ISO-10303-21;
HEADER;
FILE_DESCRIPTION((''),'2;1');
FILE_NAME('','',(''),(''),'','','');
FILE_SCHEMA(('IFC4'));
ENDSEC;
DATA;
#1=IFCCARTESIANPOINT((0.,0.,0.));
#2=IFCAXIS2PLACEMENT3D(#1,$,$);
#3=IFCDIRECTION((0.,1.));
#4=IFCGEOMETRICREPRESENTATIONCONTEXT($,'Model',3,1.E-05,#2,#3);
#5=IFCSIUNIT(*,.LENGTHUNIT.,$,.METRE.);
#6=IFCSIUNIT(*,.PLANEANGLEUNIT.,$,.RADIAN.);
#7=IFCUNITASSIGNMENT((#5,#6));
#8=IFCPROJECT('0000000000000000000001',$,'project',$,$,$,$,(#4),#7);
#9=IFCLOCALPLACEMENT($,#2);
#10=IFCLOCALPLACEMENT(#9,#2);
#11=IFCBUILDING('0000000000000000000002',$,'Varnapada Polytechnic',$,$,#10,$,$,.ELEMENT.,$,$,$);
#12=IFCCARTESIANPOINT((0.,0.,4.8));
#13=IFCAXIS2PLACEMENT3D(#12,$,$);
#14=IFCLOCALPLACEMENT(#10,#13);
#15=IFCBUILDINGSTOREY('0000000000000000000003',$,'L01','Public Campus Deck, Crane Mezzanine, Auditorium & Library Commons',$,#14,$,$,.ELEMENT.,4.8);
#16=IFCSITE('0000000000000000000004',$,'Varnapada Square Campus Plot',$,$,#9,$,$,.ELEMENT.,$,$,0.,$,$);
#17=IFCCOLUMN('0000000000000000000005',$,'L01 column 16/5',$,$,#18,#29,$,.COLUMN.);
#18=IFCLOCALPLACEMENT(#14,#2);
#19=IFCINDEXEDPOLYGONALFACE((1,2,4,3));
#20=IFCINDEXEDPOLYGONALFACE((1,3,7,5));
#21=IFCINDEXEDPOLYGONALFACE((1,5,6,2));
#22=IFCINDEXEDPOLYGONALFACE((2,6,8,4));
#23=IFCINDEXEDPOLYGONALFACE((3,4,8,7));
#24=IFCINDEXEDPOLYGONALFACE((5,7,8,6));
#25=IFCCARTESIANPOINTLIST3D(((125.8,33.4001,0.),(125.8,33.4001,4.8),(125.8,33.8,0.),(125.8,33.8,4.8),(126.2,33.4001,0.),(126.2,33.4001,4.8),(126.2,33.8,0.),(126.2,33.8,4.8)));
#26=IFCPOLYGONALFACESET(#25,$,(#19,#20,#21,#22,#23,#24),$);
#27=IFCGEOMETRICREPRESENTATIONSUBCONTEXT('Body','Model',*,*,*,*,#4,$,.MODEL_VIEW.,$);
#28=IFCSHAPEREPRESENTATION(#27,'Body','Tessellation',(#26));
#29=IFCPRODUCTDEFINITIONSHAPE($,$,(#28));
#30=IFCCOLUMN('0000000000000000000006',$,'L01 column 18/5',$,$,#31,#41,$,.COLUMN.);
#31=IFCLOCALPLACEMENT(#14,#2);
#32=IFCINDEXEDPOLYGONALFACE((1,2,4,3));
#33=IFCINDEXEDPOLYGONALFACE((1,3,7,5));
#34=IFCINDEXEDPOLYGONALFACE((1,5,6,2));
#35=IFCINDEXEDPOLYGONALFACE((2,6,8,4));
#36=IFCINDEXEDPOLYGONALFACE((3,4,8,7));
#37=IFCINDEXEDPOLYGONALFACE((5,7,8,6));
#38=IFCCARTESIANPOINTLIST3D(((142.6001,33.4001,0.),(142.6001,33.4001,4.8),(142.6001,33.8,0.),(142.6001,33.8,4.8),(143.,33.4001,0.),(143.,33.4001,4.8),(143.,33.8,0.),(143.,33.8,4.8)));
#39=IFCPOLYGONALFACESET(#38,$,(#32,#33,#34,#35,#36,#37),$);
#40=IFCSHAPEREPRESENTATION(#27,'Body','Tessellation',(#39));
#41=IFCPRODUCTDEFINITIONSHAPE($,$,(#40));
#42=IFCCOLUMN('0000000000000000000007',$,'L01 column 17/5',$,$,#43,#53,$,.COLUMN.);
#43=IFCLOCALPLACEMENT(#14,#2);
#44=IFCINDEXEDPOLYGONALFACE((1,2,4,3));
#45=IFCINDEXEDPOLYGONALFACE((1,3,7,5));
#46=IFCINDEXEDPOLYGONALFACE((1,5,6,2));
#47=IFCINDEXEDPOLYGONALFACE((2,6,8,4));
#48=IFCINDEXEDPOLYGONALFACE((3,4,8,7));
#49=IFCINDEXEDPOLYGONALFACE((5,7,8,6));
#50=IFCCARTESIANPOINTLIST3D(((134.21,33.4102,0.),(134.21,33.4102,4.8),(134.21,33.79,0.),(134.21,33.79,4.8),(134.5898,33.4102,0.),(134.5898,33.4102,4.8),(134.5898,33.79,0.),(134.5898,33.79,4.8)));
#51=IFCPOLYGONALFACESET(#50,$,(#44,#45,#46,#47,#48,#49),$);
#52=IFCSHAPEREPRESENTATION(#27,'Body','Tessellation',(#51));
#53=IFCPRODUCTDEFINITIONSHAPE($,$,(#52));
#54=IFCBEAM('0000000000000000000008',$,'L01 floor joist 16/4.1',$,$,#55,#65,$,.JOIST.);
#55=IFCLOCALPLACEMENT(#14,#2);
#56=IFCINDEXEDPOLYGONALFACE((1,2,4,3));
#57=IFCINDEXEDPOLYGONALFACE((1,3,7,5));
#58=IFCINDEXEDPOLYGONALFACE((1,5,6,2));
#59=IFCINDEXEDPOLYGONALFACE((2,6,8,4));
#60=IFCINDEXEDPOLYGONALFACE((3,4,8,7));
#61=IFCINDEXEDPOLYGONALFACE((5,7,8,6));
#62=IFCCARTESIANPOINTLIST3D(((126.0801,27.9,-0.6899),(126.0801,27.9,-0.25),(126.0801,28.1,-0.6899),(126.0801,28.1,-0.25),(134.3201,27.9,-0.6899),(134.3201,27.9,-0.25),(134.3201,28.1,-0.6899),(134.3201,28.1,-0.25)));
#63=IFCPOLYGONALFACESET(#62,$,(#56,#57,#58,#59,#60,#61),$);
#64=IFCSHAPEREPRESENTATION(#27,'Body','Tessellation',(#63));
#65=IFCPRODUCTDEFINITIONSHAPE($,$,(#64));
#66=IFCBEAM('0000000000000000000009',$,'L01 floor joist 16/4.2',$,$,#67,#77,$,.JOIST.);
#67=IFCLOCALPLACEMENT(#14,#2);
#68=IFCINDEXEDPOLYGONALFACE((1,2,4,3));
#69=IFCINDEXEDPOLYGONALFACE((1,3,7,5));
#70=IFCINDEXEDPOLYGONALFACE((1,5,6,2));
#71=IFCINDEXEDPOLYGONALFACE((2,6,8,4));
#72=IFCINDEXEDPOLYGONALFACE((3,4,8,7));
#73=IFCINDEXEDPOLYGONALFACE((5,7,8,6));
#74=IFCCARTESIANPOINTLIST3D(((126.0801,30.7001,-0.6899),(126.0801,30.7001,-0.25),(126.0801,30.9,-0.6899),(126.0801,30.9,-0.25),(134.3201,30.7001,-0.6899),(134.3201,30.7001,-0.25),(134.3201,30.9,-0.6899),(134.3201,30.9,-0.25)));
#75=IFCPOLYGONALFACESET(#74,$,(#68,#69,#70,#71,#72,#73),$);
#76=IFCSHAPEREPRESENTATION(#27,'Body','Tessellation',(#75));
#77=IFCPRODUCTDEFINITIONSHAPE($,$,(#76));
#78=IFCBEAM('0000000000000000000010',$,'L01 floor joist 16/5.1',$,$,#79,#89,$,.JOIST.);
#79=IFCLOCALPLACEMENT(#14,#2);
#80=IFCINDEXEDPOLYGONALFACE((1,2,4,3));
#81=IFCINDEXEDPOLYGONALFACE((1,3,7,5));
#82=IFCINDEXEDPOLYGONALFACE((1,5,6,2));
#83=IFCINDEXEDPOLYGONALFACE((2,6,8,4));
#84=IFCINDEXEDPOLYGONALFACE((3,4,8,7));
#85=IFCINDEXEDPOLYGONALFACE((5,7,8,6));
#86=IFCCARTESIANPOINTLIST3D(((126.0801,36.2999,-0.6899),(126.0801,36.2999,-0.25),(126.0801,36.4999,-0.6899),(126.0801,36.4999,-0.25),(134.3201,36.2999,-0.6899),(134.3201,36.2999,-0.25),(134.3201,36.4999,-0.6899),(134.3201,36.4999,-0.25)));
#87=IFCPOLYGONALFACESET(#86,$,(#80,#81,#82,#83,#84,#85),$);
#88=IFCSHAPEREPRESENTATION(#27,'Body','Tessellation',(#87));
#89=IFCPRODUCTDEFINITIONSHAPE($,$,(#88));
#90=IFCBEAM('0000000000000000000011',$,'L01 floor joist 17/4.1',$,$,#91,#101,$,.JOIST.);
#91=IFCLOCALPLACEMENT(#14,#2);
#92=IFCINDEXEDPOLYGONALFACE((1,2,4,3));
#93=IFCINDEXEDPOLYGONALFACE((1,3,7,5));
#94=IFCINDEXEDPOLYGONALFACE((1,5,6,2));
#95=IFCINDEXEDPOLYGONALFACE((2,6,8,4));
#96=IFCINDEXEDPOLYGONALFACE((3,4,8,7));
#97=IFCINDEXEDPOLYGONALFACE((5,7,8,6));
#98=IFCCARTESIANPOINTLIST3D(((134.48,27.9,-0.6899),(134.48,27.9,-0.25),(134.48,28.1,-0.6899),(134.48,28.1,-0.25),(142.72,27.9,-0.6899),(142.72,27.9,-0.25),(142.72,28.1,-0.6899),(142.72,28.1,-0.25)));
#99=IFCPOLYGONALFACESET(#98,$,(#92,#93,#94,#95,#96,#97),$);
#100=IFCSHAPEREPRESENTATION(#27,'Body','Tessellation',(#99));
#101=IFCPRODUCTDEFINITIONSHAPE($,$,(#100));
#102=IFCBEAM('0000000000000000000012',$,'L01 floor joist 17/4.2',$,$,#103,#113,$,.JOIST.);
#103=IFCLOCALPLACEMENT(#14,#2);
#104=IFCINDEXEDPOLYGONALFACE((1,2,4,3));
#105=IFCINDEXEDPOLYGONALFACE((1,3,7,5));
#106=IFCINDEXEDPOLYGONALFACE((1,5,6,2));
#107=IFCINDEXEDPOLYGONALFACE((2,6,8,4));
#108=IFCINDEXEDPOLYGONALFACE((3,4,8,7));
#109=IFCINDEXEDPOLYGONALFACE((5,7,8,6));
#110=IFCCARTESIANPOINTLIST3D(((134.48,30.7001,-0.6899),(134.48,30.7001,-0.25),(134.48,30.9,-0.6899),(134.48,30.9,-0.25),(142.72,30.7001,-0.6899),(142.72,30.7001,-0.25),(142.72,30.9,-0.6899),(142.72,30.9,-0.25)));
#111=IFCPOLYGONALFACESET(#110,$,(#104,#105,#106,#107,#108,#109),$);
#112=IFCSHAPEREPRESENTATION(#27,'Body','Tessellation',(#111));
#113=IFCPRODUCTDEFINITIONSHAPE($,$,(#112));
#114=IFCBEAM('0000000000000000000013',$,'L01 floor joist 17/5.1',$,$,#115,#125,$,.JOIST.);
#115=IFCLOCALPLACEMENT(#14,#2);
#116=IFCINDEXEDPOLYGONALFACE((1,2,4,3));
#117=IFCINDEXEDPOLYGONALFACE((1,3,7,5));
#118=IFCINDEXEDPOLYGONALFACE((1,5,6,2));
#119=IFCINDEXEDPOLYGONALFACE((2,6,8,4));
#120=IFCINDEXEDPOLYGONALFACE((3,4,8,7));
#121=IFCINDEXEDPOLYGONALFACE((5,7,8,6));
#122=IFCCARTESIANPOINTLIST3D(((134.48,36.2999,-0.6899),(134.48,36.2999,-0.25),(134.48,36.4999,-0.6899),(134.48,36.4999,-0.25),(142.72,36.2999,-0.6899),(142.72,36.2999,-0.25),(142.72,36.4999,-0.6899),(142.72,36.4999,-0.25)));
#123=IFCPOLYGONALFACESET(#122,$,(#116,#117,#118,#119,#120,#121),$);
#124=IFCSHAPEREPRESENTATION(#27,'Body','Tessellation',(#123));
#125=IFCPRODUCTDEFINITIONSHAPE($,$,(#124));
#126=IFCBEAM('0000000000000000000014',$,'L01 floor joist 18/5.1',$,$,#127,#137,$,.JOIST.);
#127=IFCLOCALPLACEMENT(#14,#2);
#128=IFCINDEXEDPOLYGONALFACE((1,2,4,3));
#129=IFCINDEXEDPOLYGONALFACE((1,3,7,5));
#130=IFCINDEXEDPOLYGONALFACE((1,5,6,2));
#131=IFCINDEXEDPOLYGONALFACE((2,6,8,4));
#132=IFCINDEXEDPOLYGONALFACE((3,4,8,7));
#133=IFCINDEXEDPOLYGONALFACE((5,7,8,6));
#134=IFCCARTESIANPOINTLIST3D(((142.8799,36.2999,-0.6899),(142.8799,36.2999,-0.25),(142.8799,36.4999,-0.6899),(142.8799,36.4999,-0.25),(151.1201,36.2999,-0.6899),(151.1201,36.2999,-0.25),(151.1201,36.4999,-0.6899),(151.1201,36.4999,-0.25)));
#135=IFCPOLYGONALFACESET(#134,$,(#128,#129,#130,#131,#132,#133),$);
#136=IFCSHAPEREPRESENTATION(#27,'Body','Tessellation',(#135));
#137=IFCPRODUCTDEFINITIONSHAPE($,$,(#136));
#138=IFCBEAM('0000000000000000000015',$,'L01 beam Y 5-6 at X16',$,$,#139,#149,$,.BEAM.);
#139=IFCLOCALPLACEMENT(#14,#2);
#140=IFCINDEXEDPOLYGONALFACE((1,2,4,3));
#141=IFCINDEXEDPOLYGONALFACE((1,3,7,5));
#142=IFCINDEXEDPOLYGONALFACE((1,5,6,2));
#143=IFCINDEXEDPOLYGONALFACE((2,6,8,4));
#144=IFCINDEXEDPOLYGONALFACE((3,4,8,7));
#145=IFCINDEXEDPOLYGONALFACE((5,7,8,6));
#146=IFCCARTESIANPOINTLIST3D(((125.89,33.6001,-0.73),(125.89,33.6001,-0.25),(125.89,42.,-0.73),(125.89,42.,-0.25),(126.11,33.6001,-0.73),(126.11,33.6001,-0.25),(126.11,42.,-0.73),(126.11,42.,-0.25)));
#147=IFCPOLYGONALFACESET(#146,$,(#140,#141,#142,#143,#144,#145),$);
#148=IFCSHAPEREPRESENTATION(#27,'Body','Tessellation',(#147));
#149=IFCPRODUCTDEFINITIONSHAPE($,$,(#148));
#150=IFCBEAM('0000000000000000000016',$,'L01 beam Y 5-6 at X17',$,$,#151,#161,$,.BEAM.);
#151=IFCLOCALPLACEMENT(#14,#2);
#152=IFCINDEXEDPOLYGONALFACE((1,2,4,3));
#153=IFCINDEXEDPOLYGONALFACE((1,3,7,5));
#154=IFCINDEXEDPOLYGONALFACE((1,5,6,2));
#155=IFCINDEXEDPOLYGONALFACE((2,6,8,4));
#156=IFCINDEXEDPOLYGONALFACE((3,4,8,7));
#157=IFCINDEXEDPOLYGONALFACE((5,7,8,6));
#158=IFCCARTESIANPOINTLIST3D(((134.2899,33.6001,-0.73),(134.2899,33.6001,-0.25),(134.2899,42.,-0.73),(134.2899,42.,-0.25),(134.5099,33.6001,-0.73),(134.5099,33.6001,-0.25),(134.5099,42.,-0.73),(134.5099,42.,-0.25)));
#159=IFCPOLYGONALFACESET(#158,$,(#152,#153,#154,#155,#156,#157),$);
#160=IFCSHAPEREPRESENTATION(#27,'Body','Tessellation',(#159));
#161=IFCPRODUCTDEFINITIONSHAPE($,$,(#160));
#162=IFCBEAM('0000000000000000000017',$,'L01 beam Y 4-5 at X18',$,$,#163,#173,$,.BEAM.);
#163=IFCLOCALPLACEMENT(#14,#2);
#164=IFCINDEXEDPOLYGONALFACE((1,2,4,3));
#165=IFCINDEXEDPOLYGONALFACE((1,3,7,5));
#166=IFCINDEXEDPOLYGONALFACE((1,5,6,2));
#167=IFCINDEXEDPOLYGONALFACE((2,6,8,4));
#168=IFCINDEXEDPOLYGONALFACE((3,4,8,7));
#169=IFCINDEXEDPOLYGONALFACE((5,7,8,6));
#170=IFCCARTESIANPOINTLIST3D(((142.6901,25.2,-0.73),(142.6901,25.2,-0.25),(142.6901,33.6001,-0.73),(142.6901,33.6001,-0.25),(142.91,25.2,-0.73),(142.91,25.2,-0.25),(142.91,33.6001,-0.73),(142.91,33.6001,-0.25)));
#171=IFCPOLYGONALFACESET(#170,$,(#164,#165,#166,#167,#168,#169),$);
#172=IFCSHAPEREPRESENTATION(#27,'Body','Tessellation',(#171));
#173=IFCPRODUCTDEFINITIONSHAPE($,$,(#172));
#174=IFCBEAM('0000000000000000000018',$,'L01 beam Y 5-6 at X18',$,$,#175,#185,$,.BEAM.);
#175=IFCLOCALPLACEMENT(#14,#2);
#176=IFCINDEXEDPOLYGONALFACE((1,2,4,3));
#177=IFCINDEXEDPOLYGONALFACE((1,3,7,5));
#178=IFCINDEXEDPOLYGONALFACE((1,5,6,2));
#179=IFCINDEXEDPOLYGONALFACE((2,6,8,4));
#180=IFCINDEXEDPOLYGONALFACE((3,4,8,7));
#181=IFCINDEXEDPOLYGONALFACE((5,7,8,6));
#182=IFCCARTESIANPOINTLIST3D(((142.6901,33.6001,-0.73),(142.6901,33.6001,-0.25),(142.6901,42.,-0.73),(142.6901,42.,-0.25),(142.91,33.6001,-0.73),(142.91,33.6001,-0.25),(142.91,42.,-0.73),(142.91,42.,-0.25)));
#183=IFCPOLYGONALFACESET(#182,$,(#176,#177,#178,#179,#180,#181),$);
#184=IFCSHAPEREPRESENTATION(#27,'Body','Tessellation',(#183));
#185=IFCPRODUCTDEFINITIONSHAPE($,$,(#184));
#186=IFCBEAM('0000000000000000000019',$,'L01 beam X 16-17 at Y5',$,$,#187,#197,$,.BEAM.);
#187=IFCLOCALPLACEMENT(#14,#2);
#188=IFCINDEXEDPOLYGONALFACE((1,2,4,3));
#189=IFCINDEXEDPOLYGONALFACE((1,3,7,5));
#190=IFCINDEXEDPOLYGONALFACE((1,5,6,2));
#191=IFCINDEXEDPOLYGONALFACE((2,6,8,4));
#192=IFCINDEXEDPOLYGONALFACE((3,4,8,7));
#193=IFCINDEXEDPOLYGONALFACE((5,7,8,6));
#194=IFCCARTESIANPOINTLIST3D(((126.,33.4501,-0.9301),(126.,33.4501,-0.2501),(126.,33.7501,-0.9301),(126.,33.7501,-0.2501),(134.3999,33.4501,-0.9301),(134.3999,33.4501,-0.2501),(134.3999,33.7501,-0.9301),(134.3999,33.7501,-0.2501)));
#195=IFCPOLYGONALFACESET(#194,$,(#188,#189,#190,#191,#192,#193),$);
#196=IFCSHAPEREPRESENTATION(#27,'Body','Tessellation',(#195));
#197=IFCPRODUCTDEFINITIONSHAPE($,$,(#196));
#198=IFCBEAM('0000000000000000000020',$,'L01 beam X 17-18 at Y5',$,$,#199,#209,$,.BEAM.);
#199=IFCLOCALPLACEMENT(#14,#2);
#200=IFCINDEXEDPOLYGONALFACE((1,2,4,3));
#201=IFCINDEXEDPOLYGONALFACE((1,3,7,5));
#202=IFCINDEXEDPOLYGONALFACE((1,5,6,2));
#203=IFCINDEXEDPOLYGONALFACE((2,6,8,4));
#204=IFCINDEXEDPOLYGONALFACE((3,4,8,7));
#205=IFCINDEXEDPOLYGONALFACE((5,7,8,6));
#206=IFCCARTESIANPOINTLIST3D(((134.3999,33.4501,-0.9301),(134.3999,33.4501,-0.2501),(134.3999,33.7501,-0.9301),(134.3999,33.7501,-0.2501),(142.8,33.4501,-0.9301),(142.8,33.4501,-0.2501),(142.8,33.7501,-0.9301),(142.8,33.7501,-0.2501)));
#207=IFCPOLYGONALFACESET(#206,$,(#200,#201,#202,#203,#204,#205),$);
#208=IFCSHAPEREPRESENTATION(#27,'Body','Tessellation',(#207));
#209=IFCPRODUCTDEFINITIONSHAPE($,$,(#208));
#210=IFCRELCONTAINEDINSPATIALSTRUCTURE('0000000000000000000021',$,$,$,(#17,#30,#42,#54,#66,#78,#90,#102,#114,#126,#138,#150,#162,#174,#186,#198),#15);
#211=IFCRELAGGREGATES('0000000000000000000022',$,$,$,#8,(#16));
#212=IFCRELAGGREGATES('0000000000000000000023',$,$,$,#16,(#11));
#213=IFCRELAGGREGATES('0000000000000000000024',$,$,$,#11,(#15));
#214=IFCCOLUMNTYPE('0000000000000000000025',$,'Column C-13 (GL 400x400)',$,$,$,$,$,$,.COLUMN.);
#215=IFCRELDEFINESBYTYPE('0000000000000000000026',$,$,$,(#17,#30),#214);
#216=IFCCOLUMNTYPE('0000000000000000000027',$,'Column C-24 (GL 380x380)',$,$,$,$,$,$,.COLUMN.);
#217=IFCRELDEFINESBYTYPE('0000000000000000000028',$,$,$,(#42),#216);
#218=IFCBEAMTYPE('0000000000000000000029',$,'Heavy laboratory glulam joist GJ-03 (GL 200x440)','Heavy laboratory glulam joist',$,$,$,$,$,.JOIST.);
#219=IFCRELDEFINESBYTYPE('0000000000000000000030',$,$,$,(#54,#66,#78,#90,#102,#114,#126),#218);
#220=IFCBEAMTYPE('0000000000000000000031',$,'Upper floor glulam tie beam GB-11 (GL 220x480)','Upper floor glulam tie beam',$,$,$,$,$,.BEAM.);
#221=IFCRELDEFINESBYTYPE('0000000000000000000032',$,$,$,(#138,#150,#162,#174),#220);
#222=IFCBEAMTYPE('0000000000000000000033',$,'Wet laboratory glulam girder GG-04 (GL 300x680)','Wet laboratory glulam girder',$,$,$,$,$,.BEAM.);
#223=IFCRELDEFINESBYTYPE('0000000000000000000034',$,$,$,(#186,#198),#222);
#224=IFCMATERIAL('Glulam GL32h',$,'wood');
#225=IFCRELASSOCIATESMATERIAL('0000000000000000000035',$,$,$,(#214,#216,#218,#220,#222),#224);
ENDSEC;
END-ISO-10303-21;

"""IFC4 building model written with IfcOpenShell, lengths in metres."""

from ifc_helpers import new_model, si_unit, direction, frame, origin, origin_2d, place, context, subcontext, project, spatial, rectangle, extrude, material, material_profile, profile_set, type_object, element, save


model = new_model("IFC4")

# Units and contexts
model_context = context("Model", 3, precision=1e-05, world=origin(), true_north=direction((0.0, 1.0)))
body_context = subcontext(model_context, "Body", "Model", "MODEL_VIEW")
ifc_project = project(units=[si_unit("LENGTHUNIT", "METRE"), si_unit("PLANEANGLEUNIT", "RADIAN")], contexts=[model_context])

# Site, building, storey
site_placement = place(None, origin())
site = spatial("IfcSite", under=ifc_project, at=site_placement, Name="Varnapada Square Campus Plot", CompositionType="ELEMENT", RefElevation=0.0)
building_placement = place(site_placement, origin())
building = spatial("IfcBuilding", under=site, at=building_placement, Name="Varnapada Polytechnic", CompositionType="ELEMENT")
storey_placement = place(building_placement, frame((0.0, 0.0, 4.8)))
storey = spatial("IfcBuildingStorey", under=building, at=storey_placement, Name="L01", Description="Public Campus Deck, Crane Mezzanine, Auditorium & Library Commons", CompositionType="ELEMENT", Elevation=4.8)

# Columns
ifc_material_1 = material(Name="Glulam GL32h", Category="wood")
ifc_material_profile_1 = material_profile(ifc_material_1, rectangle(XDim=0.3999, YDim=0.3999, at=origin_2d()), Name="GL 400x400")
ifc_profile_set_1 = profile_set([ifc_material_profile_1], Name="Glulam GL32h")
column_type_1 = type_object("IfcColumnType", Name="Column C-13 (GL 400x400)", PredefinedType="COLUMN", material=ifc_profile_set_1)
for number, where, z_axis, x_axis, name in (
    (1, (126.0, 33.6001, 0.0), (0.0, 0.0, 1.0), (1.0, 0.0, 0.0), "L01 column 16/5"),
    (2, (142.8, 33.6001, 0.0), (0.0, 0.0, 1.0), (1.0, 0.0, 0.0), "L01 column 18/5"),
):
    element("IfcColumn", number, at=place(storey_placement, frame(where, z_axis=z_axis, x_axis=x_axis)), inside=storey, type_object=column_type_1, Name=name, PredefinedType="COLUMN", context=body_context, shape_type="SweptSolid", body=[
        extrude(rectangle(XDim=0.3999, YDim=0.3999, at=origin_2d()), origin(), (0.0, 0.0, 1.0), 4.8),
    ])
ifc_material_profile_2 = material_profile(ifc_material_1, rectangle(XDim=0.3799, YDim=0.3799, at=origin_2d()), Name="GL 380x380")
ifc_profile_set_2 = profile_set([ifc_material_profile_2], Name="Glulam GL32h")
column_type_2 = type_object("IfcColumnType", Name="Column C-24 (GL 380x380)", PredefinedType="COLUMN", material=ifc_profile_set_2)
column_placement = place(storey_placement, frame((134.3999, 33.6001, 0.0), z_axis=(0.0, 0.0, 1.0), x_axis=(1.0, 0.0, 0.0)))
element("IfcColumn", 3, at=column_placement, inside=storey, type_object=column_type_2, Name="L01 column 17/5", PredefinedType="COLUMN", context=body_context, shape_type="SweptSolid", body=[
    extrude(rectangle(XDim=0.3799, YDim=0.3799, at=origin_2d()), origin(), (0.0, 0.0, 1.0), 4.8),
])

# Beams
ifc_material_profile_3 = material_profile(ifc_material_1, rectangle(XDim=0.2, YDim=0.4399, at=origin_2d()), Name="GL 200x440")
ifc_profile_set_3 = profile_set([ifc_material_profile_3], Name="Glulam GL32h")
beam_type_1 = type_object("IfcBeamType", Name="Heavy laboratory glulam joist GJ-03 (GL 200x440)", Description="Heavy laboratory glulam joist", PredefinedType="JOIST", material=ifc_profile_set_3)
for number, where, z_axis, x_axis, name in (
    (4, (126.0801, 28.0, -0.47), (1.0, 0.0, 0.0), (0.0, 1.0, 0.0), "L01 floor joist 16/4.1"),
    (5, (126.0801, 30.8, -0.47), (1.0, 0.0, 0.0), (0.0, 1.0, 0.0), "L01 floor joist 16/4.2"),
    (6, (126.0801, 36.3999, -0.47), (1.0, 0.0, 0.0), (0.0, 1.0, 0.0), "L01 floor joist 16/5.1"),
    (7, (134.48, 28.0, -0.47), (1.0, 0.0, 0.0), (0.0, 1.0, 0.0), "L01 floor joist 17/4.1"),
    (8, (134.48, 30.8, -0.47), (1.0, 0.0, 0.0), (0.0, 1.0, 0.0), "L01 floor joist 17/4.2"),
    (9, (134.48, 36.3999, -0.47), (1.0, 0.0, 0.0), (0.0, 1.0, 0.0), "L01 floor joist 17/5.1"),
):
    element("IfcBeam", number, at=place(storey_placement, frame(where, z_axis=z_axis, x_axis=x_axis)), inside=storey, type_object=beam_type_1, Name=name, PredefinedType="JOIST", context=body_context, shape_type="SweptSolid", body=[
        extrude(rectangle(XDim=0.2, YDim=0.4399, at=origin_2d()), origin(), (0.0, 0.0, 1.0), 8.24),
    ])
beam_1_placement = place(storey_placement, frame((142.8799, 36.3999, -0.47), z_axis=(1.0, 0.0, 0.0), x_axis=(0.0, 1.0, 0.0)))
element("IfcBeam", 10, at=beam_1_placement, inside=storey, type_object=beam_type_1, Name="L01 floor joist 18/5.1", PredefinedType="JOIST", context=body_context, shape_type="SweptSolid", body=[
    extrude(rectangle(XDim=0.2, YDim=0.4399, at=origin_2d()), origin(), (0.0, 0.0, 1.0), 8.2402),
])
ifc_material_profile_4 = material_profile(ifc_material_1, rectangle(XDim=0.22, YDim=0.48, at=origin_2d()), Name="GL 220x480")
ifc_profile_set_4 = profile_set([ifc_material_profile_4], Name="Glulam GL32h")
beam_type_2 = type_object("IfcBeamType", Name="Upper floor glulam tie beam GB-11 (GL 220x480)", Description="Upper floor glulam tie beam", PredefinedType="BEAM", material=ifc_profile_set_4)
for number, where, z_axis, x_axis, name in (
    (11, (126.0, 33.6001, -0.49), (0.0, 1.0, 0.0), (-1.0, 0.0, 0.0), "L01 beam Y 5-6 at X16"),
    (12, (134.3999, 33.6001, -0.49), (0.0, 1.0, 0.0), (-1.0, 0.0, 0.0), "L01 beam Y 5-6 at X17"),
):
    element("IfcBeam", number, at=place(storey_placement, frame(where, z_axis=z_axis, x_axis=x_axis)), inside=storey, type_object=beam_type_2, Name=name, PredefinedType="BEAM", context=body_context, shape_type="SweptSolid", body=[
        extrude(rectangle(XDim=0.22, YDim=0.48, at=origin_2d()), origin(), (0.0, 0.0, 1.0), 8.3999),
    ])
beam_2_placement = place(storey_placement, frame((142.8, 25.2, -0.49), z_axis=(0.0, 1.0, 0.0), x_axis=(-1.0, 0.0, 0.0)))
element("IfcBeam", 13, at=beam_2_placement, inside=storey, type_object=beam_type_2, Name="L01 beam Y 4-5 at X18", PredefinedType="BEAM", context=body_context, shape_type="SweptSolid", body=[
    extrude(rectangle(XDim=0.22, YDim=0.48, at=origin_2d()), origin(), (0.0, 0.0, 1.0), 8.4001),
])
beam_3_placement = place(storey_placement, frame((142.8, 33.6001, -0.49), z_axis=(0.0, 1.0, 0.0), x_axis=(-1.0, 0.0, 0.0)))
element("IfcBeam", 14, at=beam_3_placement, inside=storey, type_object=beam_type_2, Name="L01 beam Y 5-6 at X18", PredefinedType="BEAM", context=body_context, shape_type="SweptSolid", body=[
    extrude(rectangle(XDim=0.22, YDim=0.48, at=origin_2d()), origin(), (0.0, 0.0, 1.0), 8.3999),
])
ifc_material_profile_5 = material_profile(ifc_material_1, rectangle(XDim=0.3, YDim=0.6799, at=origin_2d()), Name="GL 300x680")
ifc_profile_set_5 = profile_set([ifc_material_profile_5], Name="Glulam GL32h")
beam_type_3 = type_object("IfcBeamType", Name="Wet laboratory glulam girder GG-04 (GL 300x680)", Description="Wet laboratory glulam girder", PredefinedType="BEAM", material=ifc_profile_set_5)
beam_4_placement = place(storey_placement, frame((126.0, 33.6001, -0.5901), z_axis=(1.0, 0.0, 0.0), x_axis=(0.0, 1.0, 0.0)))
element("IfcBeam", 15, at=beam_4_placement, inside=storey, type_object=beam_type_3, Name="L01 beam X 16-17 at Y5", PredefinedType="BEAM", context=body_context, shape_type="SweptSolid", body=[
    extrude(rectangle(XDim=0.3, YDim=0.6799, at=origin_2d()), origin(), (0.0, 0.0, 1.0), 8.3999),
])
beam_5_placement = place(storey_placement, frame((134.3999, 33.6001, -0.5901), z_axis=(1.0, 0.0, 0.0), x_axis=(0.0, 1.0, 0.0)))
element("IfcBeam", 16, at=beam_5_placement, inside=storey, type_object=beam_type_3, Name="L01 beam X 17-18 at Y5", PredefinedType="BEAM", context=body_context, shape_type="SweptSolid", body=[
    extrude(rectangle(XDim=0.3, YDim=0.6799, at=origin_2d()), origin(), (0.0, 0.0, 1.0), 8.4001),
])

save(model, "model.ifc")
